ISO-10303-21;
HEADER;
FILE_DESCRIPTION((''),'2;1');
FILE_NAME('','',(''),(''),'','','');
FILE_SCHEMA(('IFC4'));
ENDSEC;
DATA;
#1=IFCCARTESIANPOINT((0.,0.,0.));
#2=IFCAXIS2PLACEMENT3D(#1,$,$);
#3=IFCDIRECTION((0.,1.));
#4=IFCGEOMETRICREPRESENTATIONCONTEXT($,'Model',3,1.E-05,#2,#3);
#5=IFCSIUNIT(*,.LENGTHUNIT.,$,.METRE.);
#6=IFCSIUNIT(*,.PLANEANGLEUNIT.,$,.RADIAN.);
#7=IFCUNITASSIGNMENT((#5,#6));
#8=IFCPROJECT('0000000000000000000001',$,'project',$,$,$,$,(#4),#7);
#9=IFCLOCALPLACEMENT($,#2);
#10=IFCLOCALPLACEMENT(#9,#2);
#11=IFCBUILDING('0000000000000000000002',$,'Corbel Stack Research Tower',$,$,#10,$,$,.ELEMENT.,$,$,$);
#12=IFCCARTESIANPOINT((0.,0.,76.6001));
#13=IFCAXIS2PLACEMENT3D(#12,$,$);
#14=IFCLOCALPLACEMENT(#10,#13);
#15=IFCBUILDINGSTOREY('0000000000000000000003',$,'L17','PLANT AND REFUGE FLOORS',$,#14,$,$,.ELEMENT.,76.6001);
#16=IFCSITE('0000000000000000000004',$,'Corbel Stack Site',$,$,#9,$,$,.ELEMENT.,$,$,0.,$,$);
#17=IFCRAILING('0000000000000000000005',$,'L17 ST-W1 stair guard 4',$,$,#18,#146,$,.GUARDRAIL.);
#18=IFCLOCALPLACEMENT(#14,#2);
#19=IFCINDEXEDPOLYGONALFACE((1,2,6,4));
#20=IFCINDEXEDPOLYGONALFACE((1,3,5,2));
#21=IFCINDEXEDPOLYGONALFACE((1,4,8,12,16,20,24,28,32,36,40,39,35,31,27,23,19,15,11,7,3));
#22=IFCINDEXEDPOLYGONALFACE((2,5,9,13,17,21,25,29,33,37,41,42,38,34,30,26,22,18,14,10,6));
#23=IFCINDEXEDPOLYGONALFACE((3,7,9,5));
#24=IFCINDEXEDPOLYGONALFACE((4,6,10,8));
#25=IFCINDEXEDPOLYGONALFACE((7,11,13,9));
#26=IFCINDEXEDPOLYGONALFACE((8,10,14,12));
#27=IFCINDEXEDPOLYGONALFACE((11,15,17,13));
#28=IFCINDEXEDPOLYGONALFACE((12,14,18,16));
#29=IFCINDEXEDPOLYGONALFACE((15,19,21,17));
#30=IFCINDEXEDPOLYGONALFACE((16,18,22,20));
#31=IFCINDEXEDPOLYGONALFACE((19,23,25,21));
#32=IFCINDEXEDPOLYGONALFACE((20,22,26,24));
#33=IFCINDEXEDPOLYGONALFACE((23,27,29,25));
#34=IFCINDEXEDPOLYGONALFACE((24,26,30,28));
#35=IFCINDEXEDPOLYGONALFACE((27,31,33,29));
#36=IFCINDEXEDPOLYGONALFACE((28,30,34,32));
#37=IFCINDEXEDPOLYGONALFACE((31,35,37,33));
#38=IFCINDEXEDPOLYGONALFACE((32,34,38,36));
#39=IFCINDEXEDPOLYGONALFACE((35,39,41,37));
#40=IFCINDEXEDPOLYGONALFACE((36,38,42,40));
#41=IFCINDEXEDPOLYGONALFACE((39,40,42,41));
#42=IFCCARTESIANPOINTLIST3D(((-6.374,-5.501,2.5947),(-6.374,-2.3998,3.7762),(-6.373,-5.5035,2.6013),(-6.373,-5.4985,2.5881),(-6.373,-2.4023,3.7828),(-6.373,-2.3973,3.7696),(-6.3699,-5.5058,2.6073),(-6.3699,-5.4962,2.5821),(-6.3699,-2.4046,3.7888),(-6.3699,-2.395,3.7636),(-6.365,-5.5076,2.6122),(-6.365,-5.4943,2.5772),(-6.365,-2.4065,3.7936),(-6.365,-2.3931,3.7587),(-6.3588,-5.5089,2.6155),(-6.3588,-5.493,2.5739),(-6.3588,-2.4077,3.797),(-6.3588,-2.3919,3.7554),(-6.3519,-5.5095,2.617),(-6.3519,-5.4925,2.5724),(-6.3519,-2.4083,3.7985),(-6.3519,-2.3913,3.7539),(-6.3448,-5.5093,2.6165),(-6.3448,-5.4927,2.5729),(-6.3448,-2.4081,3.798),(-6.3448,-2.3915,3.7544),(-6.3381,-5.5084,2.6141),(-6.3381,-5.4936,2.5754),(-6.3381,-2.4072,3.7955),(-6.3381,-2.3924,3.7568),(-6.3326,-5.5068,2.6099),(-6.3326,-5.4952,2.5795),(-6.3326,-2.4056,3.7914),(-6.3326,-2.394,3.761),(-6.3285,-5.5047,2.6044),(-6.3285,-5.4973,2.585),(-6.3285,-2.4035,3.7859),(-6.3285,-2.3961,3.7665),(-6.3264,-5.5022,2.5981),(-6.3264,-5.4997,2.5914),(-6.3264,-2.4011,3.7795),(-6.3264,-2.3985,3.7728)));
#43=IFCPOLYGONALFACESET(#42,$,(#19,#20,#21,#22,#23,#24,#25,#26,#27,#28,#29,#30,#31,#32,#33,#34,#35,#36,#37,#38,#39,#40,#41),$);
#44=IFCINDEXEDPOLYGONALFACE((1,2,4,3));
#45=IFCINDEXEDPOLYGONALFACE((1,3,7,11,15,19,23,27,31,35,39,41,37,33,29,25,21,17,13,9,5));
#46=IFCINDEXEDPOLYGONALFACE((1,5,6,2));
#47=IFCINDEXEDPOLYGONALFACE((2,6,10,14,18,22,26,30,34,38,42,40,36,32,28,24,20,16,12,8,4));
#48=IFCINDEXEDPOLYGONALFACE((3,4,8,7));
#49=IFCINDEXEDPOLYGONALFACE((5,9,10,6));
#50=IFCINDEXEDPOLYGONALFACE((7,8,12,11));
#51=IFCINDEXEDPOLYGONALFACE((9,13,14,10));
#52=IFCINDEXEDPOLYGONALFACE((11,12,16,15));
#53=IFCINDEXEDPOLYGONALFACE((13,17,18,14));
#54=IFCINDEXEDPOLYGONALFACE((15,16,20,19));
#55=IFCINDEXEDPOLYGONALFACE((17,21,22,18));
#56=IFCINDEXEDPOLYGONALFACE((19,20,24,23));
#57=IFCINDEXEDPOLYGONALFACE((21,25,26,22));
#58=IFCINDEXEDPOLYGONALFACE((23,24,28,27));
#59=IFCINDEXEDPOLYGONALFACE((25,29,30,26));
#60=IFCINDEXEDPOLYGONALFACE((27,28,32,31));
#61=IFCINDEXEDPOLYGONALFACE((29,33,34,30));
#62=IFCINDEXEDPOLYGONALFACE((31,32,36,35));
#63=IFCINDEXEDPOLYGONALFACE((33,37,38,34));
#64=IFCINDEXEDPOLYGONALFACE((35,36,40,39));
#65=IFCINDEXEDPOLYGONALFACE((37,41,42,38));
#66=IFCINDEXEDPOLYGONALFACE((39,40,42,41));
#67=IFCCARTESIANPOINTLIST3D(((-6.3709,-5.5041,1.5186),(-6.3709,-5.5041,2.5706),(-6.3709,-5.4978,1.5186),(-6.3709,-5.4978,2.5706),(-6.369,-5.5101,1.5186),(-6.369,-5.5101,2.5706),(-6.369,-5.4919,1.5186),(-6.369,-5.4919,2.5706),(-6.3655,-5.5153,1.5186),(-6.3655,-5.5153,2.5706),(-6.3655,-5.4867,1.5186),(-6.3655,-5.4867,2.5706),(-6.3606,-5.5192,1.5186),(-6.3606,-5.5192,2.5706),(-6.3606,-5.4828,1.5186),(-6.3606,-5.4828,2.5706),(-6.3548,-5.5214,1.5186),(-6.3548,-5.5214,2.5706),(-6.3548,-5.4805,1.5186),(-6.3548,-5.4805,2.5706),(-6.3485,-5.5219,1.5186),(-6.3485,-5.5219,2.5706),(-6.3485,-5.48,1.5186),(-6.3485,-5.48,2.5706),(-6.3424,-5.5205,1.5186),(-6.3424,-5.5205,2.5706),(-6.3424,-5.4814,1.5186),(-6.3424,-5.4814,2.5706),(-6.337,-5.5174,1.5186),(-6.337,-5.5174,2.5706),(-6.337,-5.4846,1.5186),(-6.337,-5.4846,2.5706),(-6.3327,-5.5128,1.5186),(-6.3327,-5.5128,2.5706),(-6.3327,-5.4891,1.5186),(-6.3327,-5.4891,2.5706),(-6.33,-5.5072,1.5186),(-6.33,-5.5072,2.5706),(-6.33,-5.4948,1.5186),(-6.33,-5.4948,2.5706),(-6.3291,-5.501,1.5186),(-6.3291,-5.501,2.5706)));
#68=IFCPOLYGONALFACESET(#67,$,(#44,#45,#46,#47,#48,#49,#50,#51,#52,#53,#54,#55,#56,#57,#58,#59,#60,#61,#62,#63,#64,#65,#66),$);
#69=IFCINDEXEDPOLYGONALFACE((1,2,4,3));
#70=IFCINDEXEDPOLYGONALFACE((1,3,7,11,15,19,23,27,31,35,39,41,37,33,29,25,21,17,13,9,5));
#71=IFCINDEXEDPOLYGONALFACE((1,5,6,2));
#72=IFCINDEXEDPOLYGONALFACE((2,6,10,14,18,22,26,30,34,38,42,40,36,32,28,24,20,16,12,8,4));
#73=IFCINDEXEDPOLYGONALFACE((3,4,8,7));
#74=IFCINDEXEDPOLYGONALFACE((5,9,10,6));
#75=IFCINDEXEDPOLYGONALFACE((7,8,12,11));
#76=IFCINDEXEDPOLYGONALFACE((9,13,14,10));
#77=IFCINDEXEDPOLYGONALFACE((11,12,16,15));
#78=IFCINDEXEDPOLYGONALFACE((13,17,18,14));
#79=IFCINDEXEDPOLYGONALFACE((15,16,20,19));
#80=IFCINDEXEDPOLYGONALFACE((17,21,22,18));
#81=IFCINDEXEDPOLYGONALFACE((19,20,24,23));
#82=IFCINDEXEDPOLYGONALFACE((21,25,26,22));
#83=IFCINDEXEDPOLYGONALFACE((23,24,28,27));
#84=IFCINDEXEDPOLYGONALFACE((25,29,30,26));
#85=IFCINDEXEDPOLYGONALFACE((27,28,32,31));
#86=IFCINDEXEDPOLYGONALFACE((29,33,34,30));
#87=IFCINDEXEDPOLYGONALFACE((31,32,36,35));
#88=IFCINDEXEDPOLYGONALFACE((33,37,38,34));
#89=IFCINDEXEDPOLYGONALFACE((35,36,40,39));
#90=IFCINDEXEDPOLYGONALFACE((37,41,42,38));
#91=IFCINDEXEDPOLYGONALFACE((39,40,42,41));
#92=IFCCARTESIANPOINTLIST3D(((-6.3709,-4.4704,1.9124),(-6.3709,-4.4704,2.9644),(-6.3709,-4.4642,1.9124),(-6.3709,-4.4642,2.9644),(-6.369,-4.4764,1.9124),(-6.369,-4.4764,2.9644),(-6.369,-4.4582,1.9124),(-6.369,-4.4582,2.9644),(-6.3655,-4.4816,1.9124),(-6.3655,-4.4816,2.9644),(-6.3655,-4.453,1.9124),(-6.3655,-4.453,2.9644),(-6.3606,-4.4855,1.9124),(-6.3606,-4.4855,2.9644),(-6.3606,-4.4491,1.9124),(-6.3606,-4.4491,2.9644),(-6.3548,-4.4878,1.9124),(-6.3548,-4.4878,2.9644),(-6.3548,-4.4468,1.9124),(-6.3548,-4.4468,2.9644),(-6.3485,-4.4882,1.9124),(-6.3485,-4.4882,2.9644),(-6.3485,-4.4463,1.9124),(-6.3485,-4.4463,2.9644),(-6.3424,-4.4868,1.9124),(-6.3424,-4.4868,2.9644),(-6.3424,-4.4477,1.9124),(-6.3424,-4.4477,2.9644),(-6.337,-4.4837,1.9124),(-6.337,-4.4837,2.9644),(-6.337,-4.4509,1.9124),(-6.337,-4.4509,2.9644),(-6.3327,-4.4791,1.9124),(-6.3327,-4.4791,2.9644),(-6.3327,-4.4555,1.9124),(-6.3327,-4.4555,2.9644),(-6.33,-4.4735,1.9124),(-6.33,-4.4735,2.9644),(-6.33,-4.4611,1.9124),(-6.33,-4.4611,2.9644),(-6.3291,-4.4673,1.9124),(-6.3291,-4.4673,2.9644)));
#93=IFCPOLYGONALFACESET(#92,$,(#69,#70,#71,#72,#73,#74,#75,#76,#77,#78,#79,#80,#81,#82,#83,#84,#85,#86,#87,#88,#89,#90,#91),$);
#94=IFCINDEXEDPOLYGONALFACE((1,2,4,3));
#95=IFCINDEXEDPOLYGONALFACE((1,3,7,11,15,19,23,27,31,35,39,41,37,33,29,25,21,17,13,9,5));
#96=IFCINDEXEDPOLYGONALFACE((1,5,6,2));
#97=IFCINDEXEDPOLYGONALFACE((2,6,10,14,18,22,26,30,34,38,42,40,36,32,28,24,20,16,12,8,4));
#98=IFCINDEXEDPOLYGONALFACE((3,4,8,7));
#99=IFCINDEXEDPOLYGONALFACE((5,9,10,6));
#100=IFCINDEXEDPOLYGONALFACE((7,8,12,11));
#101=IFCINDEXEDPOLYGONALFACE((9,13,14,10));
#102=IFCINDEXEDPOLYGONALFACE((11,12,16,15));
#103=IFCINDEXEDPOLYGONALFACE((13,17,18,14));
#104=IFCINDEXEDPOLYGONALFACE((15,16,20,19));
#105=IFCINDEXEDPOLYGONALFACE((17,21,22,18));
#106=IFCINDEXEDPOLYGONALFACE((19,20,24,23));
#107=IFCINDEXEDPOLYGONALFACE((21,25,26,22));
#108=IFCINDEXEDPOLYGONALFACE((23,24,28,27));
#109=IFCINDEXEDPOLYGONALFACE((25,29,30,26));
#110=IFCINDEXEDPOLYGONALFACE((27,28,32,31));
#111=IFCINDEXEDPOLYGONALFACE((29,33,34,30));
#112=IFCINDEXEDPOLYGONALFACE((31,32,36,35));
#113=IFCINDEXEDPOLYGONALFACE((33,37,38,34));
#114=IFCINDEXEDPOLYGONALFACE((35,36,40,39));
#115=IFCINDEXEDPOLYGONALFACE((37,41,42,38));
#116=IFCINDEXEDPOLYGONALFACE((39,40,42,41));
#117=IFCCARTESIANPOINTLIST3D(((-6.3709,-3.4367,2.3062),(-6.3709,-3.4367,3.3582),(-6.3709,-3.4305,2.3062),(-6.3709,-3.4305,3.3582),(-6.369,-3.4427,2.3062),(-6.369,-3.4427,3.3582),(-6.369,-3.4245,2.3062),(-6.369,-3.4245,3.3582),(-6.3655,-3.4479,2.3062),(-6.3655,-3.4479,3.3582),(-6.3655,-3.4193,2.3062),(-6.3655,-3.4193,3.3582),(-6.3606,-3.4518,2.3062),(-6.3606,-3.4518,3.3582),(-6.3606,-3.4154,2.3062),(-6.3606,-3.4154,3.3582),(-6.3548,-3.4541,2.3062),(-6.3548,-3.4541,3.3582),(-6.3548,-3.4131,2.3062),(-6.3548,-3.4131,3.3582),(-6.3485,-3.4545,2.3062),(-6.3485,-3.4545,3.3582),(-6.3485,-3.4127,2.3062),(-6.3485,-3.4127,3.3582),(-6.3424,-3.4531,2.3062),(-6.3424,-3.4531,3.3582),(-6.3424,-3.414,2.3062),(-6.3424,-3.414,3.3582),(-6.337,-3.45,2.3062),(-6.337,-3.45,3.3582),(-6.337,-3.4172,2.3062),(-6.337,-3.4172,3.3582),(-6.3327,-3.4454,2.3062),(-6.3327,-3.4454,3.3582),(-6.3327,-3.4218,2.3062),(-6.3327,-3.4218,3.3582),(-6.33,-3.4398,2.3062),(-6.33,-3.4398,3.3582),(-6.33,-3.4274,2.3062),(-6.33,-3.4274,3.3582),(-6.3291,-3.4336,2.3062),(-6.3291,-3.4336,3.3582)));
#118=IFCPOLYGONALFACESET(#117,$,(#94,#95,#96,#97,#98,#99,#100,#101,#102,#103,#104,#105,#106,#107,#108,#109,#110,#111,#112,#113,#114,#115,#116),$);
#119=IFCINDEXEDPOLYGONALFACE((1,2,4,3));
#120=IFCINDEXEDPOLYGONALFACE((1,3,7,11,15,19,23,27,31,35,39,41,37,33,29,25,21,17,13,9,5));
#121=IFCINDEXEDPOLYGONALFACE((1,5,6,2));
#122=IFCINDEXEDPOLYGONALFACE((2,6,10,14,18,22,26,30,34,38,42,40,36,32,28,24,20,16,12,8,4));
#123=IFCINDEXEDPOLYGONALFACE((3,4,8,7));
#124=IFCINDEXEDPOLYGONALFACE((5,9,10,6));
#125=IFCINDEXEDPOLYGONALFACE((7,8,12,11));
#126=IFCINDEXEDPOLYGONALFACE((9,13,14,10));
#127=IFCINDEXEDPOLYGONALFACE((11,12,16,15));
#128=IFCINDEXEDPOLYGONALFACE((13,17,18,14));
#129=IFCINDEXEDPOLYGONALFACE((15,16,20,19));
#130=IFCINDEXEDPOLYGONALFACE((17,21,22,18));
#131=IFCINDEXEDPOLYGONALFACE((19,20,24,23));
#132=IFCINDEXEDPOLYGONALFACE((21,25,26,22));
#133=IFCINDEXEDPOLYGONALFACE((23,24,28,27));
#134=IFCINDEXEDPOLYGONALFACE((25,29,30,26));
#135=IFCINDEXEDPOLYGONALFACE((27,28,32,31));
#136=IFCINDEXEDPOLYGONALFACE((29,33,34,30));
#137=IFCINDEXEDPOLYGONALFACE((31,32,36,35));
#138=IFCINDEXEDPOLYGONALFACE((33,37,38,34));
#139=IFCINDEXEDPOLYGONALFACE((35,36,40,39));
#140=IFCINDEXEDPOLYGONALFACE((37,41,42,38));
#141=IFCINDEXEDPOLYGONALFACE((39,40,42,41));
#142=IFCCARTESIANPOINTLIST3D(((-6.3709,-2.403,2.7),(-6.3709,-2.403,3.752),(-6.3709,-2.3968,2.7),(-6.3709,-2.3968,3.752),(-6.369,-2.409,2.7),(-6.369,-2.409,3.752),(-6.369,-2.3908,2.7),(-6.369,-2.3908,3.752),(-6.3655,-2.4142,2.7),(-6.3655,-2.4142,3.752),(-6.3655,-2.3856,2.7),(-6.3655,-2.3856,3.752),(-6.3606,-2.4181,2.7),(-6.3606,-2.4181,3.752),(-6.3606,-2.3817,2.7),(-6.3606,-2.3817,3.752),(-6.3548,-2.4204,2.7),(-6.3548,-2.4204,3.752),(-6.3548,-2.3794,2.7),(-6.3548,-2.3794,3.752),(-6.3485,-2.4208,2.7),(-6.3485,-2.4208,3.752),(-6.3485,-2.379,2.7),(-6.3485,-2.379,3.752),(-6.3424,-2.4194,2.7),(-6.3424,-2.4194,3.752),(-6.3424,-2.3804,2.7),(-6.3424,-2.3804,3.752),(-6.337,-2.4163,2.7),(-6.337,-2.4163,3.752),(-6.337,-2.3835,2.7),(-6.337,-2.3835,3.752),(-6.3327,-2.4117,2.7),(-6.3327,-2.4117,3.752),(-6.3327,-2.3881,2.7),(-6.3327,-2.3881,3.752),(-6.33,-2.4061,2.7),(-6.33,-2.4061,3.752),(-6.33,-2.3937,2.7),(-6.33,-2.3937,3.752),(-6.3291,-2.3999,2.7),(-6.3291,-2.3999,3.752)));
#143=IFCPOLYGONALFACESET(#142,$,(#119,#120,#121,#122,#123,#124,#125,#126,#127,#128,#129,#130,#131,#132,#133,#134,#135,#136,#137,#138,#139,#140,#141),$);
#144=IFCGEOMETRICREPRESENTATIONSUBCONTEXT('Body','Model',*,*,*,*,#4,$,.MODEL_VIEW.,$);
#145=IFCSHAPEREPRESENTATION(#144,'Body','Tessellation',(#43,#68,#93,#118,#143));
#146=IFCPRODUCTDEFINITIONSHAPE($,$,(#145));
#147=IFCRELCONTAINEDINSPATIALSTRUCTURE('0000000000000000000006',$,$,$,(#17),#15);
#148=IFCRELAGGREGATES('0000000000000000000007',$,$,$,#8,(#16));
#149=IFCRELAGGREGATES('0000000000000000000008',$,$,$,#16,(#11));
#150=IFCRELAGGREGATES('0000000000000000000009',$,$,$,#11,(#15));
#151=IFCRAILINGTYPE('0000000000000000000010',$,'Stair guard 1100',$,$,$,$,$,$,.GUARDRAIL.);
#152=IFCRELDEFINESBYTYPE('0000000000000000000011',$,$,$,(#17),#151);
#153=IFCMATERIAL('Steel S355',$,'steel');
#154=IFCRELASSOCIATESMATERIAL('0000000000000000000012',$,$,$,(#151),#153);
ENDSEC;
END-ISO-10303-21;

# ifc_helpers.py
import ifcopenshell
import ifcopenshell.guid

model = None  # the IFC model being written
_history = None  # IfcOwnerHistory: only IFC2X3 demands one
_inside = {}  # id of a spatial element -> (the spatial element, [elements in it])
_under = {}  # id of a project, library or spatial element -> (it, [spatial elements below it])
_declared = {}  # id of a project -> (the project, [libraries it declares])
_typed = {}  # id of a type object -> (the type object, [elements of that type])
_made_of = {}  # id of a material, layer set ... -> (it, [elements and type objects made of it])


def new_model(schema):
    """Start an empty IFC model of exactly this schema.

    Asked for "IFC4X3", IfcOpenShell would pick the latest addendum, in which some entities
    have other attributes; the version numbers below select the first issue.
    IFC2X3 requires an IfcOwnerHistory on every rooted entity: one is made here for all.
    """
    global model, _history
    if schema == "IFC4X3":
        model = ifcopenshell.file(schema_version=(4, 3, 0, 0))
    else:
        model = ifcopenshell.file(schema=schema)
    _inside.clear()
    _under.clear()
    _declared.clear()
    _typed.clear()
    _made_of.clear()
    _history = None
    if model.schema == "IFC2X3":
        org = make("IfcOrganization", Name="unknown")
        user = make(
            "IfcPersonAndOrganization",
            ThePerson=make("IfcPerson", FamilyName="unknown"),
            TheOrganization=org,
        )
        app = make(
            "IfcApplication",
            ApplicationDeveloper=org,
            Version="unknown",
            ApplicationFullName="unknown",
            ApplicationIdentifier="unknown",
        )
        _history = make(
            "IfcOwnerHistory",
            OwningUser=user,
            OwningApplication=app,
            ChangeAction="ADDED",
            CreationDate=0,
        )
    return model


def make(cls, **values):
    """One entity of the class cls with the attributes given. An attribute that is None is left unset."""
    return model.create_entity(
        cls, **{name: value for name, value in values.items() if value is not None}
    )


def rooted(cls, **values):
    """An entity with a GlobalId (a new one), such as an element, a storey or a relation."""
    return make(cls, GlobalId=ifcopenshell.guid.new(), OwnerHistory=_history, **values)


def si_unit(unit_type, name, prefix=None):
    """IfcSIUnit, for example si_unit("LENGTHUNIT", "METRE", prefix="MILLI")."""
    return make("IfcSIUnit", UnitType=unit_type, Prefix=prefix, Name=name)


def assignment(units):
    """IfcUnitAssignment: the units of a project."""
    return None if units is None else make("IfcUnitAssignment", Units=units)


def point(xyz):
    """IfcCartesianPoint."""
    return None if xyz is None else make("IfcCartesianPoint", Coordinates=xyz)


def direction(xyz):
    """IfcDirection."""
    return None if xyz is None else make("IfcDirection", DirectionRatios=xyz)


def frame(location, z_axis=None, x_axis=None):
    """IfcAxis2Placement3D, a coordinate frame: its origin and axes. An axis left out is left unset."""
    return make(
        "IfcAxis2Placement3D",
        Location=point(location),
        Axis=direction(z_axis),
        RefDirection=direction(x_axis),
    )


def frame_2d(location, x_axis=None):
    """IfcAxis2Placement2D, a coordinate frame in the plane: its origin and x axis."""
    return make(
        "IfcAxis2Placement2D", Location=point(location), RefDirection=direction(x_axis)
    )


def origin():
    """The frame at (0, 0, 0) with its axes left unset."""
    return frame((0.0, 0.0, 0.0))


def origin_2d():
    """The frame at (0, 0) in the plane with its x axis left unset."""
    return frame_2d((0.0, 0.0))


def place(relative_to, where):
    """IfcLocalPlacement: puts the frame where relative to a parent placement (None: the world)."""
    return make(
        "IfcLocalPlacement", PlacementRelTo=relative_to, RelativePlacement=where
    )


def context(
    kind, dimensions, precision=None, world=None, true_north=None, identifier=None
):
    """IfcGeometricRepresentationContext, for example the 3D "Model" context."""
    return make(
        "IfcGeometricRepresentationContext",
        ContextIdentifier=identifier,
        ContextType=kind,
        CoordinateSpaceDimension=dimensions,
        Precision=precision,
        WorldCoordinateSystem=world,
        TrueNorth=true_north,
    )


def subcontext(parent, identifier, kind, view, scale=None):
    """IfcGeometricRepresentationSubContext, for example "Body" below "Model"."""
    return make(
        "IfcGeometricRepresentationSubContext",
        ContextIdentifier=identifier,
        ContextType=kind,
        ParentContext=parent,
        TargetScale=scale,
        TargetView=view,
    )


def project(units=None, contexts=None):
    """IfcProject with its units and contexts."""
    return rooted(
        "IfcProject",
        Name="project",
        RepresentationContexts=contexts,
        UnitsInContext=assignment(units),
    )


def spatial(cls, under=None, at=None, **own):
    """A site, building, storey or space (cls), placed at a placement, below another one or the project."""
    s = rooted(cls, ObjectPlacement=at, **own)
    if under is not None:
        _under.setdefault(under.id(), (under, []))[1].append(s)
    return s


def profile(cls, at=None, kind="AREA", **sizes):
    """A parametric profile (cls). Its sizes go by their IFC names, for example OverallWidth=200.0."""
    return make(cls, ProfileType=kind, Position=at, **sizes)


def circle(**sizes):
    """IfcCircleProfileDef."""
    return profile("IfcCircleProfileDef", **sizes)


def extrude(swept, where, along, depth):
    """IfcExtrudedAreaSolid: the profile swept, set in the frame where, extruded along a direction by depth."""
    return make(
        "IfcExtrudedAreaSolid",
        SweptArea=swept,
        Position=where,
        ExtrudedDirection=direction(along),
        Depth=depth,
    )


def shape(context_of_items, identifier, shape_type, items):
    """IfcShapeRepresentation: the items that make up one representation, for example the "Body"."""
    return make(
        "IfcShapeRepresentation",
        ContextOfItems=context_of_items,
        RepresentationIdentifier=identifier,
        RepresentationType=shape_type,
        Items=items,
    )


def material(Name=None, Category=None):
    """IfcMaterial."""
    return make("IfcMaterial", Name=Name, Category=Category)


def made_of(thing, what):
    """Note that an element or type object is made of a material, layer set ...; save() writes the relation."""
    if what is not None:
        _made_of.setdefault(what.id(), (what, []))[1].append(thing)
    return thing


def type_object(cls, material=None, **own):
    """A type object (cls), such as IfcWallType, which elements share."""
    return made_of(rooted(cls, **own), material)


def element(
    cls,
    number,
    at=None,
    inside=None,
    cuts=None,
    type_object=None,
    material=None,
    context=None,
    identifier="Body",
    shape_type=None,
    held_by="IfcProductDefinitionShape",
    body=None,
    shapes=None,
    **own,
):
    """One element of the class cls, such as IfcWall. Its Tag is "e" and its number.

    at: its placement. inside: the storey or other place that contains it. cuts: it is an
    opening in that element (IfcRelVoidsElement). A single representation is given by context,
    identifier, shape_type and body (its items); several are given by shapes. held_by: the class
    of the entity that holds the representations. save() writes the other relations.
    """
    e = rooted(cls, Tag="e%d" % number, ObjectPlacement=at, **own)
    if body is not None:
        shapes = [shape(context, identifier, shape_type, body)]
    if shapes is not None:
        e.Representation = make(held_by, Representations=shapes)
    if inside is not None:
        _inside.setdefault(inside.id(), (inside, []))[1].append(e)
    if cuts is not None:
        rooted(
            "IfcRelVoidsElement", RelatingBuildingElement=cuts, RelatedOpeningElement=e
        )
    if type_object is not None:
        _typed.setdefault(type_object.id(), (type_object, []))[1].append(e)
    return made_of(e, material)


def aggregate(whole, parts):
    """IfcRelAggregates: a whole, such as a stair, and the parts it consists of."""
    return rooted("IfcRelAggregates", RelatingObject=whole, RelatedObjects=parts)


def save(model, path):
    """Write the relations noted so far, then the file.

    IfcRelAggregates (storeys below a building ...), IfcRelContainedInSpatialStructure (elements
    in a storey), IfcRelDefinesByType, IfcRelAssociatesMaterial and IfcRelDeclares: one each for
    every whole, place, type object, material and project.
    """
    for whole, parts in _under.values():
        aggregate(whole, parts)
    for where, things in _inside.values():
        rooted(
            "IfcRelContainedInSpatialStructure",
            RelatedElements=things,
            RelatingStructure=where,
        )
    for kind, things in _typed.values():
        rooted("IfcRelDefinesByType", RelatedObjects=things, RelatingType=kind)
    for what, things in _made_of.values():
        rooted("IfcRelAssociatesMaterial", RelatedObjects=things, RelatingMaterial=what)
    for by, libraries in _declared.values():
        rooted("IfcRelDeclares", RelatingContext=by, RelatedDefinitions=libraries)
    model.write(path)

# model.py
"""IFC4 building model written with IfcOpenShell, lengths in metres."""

from ifc_helpers import new_model, si_unit, direction, frame, origin, origin_2d, place, context, subcontext, project, spatial, circle, extrude, material, type_object, element, save


model = new_model("IFC4")

# Units and contexts
model_context = context("Model", 3, precision=1e-05, world=origin(), true_north=direction((0.0, 1.0)))
body_context = subcontext(model_context, "Body", "Model", "MODEL_VIEW")
ifc_project = project(units=[si_unit("LENGTHUNIT", "METRE"), si_unit("PLANEANGLEUNIT", "RADIAN")], contexts=[model_context])

# Site, building, storey
site_placement = place(None, origin())
site = spatial("IfcSite", under=ifc_project, at=site_placement, Name="Corbel Stack Site", CompositionType="ELEMENT", RefElevation=0.0)
building_placement = place(site_placement, origin())
building = spatial("IfcBuilding", under=site, at=building_placement, Name="Corbel Stack Research Tower", CompositionType="ELEMENT")
storey_placement = place(building_placement, frame((0.0, 0.0, 76.6001)))
storey = spatial("IfcBuildingStorey", under=building, at=storey_placement, Name="L17", Description="PLANT AND REFUGE FLOORS", CompositionType="ELEMENT", Elevation=76.6001)

# Railing
ifc_material_1 = material(Name="Steel S355", Category="steel")
railing_type_1 = type_object("IfcRailingType", Name="Stair guard 1100", PredefinedType="GUARDRAIL", material=ifc_material_1)
railing_1_placement = place(storey_placement, frame((-6.3501, -5.501, 1.5186)))
element("IfcRailing", 1, at=railing_1_placement, inside=storey, type_object=railing_type_1, Name="L17 ST-W1 stair guard 4", PredefinedType="GUARDRAIL", context=body_context, shape_type="SweptSolid", body=[
    extrude(circle(Radius=0.0239, at=origin_2d()), frame((0.0, 0.0, 1.0762), z_axis=(0.0, 0.934484, 0.356005), x_axis=(-1.0, 0.0, 0.0)), (0.0, 0.0, 1.0), 3.3186),
    extrude(circle(Radius=0.021, at=origin_2d()), origin(), (0.0, 0.0, 1.0), 1.052),
    extrude(circle(Radius=0.021, at=origin_2d()), frame((0.0, 1.0337, 0.3938)), (0.0, 0.0, 1.0), 1.052),
    extrude(circle(Radius=0.021, at=origin_2d()), frame((0.0, 2.0674, 0.7876)), (0.0, 0.0, 1.0), 1.052),
    extrude(circle(Radius=0.021, at=origin_2d()), frame((0.0, 3.1011, 1.1814)), (0.0, 0.0, 1.0), 1.052),
])

save(model, "model.ifc")
